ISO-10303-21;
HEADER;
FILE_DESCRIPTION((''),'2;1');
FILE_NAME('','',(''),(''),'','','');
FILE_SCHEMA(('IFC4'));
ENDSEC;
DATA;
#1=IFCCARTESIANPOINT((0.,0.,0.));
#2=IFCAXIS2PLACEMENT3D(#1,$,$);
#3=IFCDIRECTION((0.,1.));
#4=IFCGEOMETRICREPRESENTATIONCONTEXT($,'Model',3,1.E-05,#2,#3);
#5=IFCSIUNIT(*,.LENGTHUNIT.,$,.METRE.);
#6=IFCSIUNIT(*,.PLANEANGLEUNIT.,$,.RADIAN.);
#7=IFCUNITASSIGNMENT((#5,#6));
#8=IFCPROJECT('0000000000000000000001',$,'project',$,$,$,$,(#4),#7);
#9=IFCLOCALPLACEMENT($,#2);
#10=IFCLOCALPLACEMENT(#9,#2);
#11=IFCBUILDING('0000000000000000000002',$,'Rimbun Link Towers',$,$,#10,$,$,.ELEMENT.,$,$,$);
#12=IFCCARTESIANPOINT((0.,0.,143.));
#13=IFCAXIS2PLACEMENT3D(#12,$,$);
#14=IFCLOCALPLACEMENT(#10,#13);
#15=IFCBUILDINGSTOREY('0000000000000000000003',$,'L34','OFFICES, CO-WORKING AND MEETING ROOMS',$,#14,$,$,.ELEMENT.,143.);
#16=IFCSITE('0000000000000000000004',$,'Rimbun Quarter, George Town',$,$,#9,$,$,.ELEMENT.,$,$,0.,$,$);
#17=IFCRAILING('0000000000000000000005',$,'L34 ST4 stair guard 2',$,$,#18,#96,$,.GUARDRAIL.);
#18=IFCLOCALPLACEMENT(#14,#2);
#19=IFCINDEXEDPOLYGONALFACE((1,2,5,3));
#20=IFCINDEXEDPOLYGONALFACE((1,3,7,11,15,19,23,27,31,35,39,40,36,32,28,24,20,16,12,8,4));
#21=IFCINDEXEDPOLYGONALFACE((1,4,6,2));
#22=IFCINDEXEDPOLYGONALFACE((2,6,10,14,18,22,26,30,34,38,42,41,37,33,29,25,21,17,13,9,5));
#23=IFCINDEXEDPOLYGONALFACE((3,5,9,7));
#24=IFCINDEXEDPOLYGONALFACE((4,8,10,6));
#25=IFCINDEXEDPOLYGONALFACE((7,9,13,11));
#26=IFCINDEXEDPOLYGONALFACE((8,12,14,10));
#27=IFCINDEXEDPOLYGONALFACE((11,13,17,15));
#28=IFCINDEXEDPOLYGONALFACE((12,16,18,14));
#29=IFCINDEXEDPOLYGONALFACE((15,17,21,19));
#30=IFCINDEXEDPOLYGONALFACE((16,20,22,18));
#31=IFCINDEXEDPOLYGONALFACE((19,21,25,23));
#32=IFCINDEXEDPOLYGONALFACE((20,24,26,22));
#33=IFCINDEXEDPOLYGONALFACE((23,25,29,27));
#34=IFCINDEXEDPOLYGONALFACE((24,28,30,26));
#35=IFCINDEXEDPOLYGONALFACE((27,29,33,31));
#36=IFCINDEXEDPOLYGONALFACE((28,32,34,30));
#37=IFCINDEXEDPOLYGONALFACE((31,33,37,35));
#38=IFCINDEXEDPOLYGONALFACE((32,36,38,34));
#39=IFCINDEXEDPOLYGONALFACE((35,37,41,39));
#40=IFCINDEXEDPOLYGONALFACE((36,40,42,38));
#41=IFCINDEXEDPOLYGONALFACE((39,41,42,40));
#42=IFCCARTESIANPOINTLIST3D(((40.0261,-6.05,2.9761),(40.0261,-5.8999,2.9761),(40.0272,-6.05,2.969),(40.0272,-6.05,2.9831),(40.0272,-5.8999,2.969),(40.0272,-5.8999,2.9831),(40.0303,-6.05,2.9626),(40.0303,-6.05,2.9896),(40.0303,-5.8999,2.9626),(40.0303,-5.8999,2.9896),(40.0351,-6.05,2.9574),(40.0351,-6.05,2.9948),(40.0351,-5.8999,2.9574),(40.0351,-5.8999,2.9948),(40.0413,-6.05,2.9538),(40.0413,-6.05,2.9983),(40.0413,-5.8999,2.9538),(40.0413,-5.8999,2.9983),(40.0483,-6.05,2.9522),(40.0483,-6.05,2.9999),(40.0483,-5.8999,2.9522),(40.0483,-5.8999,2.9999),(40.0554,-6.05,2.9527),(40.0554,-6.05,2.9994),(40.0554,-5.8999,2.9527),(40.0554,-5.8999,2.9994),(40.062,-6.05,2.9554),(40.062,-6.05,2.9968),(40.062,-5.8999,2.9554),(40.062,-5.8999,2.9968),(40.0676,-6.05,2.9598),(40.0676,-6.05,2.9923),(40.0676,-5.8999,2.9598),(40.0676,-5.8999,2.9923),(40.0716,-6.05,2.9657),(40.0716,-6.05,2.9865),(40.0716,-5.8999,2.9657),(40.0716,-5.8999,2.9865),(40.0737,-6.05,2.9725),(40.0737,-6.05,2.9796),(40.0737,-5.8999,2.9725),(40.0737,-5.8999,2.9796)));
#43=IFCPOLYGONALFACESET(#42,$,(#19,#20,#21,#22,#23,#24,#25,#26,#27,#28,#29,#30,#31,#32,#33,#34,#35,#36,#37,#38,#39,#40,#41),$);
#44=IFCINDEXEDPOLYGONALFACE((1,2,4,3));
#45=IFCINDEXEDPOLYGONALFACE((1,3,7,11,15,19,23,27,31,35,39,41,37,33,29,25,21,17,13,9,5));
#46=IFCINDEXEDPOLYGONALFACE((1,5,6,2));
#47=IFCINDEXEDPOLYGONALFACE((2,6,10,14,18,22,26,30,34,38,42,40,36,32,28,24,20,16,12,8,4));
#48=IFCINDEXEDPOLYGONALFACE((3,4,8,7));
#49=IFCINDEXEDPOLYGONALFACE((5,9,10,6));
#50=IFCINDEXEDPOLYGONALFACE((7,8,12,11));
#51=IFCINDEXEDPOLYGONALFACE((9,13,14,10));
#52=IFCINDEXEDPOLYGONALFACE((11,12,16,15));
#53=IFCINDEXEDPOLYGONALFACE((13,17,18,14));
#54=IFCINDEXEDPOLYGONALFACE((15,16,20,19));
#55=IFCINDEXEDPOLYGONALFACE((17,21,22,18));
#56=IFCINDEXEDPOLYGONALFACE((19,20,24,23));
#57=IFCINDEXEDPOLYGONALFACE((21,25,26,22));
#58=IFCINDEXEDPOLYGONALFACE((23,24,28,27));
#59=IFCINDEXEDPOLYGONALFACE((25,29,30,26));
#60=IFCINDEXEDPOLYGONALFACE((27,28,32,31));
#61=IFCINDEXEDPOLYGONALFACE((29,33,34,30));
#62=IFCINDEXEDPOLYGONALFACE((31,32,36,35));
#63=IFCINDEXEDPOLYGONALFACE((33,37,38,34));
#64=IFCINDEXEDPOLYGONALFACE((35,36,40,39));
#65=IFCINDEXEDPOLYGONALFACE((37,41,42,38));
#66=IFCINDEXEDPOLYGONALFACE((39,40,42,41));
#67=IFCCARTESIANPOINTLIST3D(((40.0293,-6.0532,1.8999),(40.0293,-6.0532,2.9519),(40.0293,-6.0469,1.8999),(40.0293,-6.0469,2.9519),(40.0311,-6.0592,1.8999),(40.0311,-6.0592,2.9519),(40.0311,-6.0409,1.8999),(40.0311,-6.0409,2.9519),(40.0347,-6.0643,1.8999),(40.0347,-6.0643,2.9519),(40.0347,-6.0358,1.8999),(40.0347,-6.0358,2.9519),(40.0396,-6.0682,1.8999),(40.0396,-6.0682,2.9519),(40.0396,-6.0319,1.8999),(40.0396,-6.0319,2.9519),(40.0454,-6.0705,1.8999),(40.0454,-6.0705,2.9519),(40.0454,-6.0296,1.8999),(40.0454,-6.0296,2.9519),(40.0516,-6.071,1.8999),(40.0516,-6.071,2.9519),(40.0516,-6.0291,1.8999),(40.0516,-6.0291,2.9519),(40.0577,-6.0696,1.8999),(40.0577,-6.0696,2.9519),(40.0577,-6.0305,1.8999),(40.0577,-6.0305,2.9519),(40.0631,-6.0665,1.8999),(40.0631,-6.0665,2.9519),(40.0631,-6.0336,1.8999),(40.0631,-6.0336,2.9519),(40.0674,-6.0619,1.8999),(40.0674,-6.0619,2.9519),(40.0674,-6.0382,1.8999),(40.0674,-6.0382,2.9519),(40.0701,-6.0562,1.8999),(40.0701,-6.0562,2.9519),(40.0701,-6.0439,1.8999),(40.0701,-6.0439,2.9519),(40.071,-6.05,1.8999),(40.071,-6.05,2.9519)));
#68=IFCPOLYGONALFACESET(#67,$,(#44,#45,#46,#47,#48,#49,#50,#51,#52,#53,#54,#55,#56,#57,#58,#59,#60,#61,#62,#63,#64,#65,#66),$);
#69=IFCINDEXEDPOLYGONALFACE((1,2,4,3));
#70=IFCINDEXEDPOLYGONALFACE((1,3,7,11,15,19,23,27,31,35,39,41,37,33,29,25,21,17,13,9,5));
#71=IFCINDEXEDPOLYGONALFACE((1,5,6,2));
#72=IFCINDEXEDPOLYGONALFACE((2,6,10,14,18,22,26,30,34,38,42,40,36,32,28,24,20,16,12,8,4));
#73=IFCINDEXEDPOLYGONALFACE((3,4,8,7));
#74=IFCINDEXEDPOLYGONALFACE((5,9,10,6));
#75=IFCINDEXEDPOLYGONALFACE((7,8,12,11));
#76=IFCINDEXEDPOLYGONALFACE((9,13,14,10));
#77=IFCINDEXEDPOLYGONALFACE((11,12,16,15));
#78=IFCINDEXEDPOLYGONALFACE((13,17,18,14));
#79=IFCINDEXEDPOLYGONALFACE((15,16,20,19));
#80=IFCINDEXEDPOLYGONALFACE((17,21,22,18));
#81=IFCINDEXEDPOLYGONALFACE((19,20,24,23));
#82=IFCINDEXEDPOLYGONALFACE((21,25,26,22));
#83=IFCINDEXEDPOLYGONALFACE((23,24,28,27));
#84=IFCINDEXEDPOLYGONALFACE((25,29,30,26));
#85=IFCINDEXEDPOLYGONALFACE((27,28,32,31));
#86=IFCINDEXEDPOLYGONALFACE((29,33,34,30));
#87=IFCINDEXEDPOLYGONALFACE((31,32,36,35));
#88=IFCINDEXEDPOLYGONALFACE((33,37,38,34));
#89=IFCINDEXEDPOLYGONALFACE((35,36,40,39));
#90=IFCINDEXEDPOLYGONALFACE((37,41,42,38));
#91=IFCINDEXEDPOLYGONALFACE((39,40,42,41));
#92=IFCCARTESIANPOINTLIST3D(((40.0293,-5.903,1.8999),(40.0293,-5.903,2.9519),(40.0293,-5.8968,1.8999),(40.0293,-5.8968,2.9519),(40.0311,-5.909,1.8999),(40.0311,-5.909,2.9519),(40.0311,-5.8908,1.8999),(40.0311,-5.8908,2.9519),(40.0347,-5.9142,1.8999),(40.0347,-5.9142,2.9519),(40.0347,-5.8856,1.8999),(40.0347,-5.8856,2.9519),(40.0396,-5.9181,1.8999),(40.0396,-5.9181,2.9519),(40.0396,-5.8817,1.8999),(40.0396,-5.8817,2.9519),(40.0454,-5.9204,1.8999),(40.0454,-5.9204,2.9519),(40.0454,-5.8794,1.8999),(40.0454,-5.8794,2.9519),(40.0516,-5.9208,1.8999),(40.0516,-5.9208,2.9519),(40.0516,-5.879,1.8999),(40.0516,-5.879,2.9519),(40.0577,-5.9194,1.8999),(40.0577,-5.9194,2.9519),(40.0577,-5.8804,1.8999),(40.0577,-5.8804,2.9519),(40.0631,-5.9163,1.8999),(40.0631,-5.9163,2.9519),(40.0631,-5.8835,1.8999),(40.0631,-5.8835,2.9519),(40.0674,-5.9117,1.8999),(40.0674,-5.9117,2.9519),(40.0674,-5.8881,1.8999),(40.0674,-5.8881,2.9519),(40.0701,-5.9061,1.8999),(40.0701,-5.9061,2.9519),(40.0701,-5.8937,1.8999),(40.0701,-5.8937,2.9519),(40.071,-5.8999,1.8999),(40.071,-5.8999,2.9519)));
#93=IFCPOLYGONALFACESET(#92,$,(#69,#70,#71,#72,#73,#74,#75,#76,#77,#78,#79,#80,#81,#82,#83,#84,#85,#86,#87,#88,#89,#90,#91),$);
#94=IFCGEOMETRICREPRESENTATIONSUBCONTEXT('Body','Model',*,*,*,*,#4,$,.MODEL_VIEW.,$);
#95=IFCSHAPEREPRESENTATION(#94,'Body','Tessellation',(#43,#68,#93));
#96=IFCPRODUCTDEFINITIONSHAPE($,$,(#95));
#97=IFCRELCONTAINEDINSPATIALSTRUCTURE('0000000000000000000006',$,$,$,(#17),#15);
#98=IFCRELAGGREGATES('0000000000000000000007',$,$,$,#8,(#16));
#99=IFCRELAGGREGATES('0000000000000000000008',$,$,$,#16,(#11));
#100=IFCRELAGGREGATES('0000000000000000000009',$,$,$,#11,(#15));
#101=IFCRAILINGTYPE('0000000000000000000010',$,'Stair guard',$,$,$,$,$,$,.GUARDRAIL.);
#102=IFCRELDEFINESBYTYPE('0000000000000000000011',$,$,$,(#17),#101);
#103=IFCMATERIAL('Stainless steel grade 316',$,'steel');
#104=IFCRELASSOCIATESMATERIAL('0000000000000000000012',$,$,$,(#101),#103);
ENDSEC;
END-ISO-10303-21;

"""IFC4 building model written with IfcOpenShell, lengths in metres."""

from ifc_helpers import new_model, si_unit, direction, frame, origin, origin_2d, place, context, subcontext, project, spatial, circle, extrude, material, type_object, element, save


model = new_model("IFC4")

# Units and contexts
model_context = context("Model", 3, precision=1e-05, world=origin(), true_north=direction((0.0, 1.0)))
body_context = subcontext(model_context, "Body", "Model", "MODEL_VIEW")
ifc_project = project(units=[si_unit("LENGTHUNIT", "METRE"), si_unit("PLANEANGLEUNIT", "RADIAN")], contexts=[model_context])

# Site, building, storey
site_placement = place(None, origin())
site = spatial("IfcSite", under=ifc_project, at=site_placement, Name="Rimbun Quarter, George Town", CompositionType="ELEMENT", RefElevation=0.0)
building_placement = place(site_placement, origin())
building = spatial("IfcBuilding", under=site, at=building_placement, Name="Rimbun Link Towers", CompositionType="ELEMENT")
storey_placement = place(building_placement, frame((0.0, 0.0, 143.0)))
storey = spatial("IfcBuildingStorey", under=building, at=storey_placement, Name="L34", Description="OFFICES, CO-WORKING AND MEETING ROOMS", CompositionType="ELEMENT", Elevation=143.0)

# Railing
ifc_material_1 = material(Name="Stainless steel grade 316", Category="steel")
railing_type_1 = type_object("IfcRailingType", Name="Stair guard", PredefinedType="GUARDRAIL", material=ifc_material_1)
railing_1_placement = place(storey_placement, frame((40.05, -6.05, 1.8999)))
element("IfcRailing", 1, at=railing_1_placement, inside=storey, type_object=railing_type_1, Name="L34 ST4 stair guard 2", PredefinedType="GUARDRAIL", context=body_context, shape_type="SweptSolid", body=[
    extrude(circle(Radius=0.0239, at=origin_2d()), frame((0.0, 0.0, 1.0762), z_axis=(0.0, 1.0, 0.0), x_axis=(-1.0, 0.0, 0.0)), (0.0, 0.0, 1.0), 0.1501),
    extrude(circle(Radius=0.021, at=origin_2d()), origin(), (0.0, 0.0, 1.0), 1.052),
    extrude(circle(Radius=0.021, at=origin_2d()), frame((0.0, 0.1501, 0.0)), (0.0, 0.0, 1.0), 1.052),
])

save(model, "model.ifc")
